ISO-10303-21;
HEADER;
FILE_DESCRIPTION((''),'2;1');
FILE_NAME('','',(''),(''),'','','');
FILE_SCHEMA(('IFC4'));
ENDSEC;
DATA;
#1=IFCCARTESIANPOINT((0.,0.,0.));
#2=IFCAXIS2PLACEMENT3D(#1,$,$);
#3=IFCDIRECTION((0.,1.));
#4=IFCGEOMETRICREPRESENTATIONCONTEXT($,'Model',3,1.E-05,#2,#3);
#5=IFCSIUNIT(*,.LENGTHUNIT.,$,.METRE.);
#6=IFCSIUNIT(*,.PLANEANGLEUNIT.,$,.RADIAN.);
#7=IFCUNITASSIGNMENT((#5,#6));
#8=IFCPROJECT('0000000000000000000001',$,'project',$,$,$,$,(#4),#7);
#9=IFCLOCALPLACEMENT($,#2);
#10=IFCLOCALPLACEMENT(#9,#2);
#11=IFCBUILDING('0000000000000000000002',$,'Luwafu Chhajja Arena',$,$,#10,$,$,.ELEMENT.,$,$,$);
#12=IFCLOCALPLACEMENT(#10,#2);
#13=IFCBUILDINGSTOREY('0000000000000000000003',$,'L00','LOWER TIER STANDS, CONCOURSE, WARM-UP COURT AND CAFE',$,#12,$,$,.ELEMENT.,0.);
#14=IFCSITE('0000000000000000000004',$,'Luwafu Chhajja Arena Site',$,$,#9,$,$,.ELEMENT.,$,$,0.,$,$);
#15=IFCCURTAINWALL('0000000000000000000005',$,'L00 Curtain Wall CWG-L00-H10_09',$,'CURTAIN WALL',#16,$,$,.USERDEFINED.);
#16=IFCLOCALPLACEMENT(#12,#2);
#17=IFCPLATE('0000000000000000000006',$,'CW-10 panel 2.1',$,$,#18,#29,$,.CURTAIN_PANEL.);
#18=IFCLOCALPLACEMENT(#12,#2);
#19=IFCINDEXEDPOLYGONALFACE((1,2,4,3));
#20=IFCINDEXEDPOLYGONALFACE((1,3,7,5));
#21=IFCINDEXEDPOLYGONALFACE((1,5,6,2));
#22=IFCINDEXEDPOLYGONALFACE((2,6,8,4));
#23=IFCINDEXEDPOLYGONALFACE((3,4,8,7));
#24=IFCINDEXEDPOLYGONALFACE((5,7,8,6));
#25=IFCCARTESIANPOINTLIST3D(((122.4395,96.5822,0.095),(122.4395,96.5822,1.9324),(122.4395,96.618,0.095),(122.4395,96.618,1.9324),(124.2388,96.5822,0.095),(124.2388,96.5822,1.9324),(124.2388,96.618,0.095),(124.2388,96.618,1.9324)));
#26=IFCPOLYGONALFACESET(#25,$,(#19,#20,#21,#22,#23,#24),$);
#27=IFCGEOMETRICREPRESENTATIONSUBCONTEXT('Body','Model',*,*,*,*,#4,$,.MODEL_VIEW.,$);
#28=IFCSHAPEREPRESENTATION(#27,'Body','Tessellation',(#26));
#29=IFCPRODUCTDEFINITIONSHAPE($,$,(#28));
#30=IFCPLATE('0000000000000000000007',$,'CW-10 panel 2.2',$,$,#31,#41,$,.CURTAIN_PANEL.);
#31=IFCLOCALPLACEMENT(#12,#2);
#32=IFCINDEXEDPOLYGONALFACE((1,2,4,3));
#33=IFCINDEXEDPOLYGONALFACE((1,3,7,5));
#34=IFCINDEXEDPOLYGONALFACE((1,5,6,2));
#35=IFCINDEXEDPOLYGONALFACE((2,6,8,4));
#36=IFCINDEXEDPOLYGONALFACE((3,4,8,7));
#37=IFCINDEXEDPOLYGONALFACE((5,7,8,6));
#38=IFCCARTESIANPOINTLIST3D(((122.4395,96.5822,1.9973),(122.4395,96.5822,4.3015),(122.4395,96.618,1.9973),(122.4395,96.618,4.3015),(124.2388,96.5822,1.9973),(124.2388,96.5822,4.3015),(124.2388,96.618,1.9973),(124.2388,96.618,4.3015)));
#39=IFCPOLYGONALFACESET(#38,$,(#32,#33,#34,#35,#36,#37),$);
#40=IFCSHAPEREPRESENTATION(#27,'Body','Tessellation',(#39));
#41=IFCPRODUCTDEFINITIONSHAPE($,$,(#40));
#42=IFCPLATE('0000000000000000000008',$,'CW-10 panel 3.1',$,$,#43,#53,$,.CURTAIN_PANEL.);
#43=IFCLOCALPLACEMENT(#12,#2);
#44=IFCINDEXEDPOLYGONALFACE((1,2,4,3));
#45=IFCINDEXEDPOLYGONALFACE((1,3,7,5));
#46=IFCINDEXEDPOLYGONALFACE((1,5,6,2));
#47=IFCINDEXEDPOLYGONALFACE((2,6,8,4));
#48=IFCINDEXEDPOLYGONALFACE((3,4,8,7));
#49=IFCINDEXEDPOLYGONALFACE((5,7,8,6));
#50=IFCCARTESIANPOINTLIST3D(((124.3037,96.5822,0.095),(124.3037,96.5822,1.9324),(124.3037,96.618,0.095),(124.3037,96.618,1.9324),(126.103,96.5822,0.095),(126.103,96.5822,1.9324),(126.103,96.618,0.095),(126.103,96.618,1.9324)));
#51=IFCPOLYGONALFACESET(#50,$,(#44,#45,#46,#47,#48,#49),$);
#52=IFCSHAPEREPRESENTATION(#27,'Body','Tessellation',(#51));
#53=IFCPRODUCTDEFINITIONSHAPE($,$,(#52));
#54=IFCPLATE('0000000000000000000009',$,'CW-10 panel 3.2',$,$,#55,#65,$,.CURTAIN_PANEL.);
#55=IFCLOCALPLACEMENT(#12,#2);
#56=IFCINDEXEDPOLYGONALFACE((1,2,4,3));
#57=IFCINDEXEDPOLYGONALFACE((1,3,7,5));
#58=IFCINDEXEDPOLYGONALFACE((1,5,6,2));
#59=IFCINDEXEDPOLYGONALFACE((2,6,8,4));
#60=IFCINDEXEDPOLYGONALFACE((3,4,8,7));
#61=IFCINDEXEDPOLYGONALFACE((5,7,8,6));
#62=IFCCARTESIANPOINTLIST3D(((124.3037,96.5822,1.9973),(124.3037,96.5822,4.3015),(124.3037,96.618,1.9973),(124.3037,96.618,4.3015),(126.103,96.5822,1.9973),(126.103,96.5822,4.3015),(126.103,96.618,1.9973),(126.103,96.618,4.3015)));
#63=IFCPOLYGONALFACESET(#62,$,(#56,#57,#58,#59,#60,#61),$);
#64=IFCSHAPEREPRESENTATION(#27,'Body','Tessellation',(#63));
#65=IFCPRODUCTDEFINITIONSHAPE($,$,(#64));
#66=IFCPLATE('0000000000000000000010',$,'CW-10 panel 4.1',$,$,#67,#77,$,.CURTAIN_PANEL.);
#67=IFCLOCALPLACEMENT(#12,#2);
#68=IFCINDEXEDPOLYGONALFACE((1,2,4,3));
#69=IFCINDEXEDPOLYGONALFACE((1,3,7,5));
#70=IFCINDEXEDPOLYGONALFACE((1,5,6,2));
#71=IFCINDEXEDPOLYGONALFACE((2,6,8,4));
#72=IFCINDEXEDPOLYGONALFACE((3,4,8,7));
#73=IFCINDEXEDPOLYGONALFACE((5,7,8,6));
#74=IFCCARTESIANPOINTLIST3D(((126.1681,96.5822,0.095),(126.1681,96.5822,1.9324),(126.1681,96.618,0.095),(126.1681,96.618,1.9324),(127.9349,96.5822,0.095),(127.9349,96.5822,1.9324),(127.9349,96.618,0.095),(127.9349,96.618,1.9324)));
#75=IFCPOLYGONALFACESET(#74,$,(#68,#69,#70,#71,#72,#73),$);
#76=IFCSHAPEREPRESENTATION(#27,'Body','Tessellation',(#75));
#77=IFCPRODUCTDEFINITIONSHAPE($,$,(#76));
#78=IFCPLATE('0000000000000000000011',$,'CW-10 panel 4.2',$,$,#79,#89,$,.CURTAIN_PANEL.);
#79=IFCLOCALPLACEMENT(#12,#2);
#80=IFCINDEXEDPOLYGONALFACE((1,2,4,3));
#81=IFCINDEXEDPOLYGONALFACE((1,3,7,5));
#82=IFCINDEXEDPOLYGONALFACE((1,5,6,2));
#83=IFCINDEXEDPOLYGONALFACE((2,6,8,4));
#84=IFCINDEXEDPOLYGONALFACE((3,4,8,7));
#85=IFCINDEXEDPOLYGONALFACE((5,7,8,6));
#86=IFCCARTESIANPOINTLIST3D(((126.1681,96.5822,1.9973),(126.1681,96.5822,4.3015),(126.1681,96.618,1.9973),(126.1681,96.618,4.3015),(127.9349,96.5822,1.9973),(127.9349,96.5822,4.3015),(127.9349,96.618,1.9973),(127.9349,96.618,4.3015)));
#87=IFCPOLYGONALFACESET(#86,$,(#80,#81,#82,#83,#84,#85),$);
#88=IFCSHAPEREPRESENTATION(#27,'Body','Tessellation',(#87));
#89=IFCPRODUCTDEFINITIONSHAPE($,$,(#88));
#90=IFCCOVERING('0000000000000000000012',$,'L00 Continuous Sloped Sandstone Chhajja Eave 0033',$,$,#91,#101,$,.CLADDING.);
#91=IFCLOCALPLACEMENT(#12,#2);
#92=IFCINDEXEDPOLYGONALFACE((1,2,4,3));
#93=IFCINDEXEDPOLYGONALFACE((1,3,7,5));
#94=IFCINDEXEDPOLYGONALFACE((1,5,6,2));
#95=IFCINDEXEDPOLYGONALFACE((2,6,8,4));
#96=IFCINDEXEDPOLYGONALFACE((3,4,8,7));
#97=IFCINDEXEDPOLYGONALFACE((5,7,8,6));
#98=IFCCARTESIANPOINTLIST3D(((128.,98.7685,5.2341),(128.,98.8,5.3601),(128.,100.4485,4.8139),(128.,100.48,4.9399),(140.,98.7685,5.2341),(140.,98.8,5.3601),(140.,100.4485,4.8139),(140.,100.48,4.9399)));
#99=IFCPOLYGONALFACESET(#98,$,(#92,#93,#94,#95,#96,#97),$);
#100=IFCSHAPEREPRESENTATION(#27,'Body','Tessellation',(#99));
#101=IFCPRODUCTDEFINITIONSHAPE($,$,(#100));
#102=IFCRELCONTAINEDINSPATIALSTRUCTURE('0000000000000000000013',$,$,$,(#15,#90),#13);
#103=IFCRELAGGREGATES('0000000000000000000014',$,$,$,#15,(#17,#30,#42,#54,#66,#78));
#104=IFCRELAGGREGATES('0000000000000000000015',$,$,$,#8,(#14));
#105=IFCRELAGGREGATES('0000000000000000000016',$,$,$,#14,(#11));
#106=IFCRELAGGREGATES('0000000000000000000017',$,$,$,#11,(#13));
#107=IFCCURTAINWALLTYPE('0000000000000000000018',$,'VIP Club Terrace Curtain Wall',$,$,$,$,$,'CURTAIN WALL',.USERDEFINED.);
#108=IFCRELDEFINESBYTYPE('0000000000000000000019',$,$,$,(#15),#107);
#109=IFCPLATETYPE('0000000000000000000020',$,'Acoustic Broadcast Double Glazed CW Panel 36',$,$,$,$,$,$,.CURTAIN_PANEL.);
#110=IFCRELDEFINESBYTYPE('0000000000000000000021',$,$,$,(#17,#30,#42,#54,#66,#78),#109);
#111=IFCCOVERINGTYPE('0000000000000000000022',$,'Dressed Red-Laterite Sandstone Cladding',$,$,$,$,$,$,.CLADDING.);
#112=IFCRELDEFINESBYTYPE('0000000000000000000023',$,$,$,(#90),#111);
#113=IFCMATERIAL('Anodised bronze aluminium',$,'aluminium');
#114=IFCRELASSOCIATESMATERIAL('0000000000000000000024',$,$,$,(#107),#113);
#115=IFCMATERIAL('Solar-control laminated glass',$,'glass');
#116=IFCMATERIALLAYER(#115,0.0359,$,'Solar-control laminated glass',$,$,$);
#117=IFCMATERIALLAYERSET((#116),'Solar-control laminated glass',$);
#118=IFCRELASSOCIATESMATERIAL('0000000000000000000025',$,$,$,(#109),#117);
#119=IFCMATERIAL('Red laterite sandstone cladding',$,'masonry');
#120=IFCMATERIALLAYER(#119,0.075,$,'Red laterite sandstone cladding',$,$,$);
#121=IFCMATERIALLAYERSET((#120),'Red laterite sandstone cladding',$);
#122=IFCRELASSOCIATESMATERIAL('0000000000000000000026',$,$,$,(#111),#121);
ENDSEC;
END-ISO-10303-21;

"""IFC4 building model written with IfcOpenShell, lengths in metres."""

from ifc_helpers import new_model, si_unit, direction, frame, origin, origin_2d, place, context, subcontext, project, spatial, polyline, rectangle, outline, extrude, material, layer, layer_set, type_object, element, aggregate, save


model = new_model("IFC4")

# Units and contexts
model_context = context("Model", 3, precision=1e-05, world=origin(), true_north=direction((0.0, 1.0)))
body_context = subcontext(model_context, "Body", "Model", "MODEL_VIEW")
ifc_project = project(units=[si_unit("LENGTHUNIT", "METRE"), si_unit("PLANEANGLEUNIT", "RADIAN")], contexts=[model_context])

# Site, building, storey
site_placement = place(None, origin())
site = spatial("IfcSite", under=ifc_project, at=site_placement, Name="Luwafu Chhajja Arena Site", CompositionType="ELEMENT", RefElevation=0.0)
building_placement = place(site_placement, origin())
building = spatial("IfcBuilding", under=site, at=building_placement, Name="Luwafu Chhajja Arena", CompositionType="ELEMENT")
storey_placement = place(building_placement, origin())
storey = spatial("IfcBuildingStorey", under=building, at=storey_placement, Name="L00", Description="LOWER TIER STANDS, CONCOURSE, WARM-UP COURT AND CAFE", CompositionType="ELEMENT", Elevation=0.0)

# Curtain wall, plates
ifc_material_1 = material(Name="Anodised bronze aluminium", Category="aluminium")
curtain_wall_type = type_object("IfcCurtainWallType", Name="VIP Club Terrace Curtain Wall", ElementType="CURTAIN WALL", PredefinedType="USERDEFINED", material=ifc_material_1)
curtain_wall_placement = place(storey_placement, origin())
curtain_wall = element("IfcCurtainWall", 1, at=curtain_wall_placement, inside=storey, type_object=curtain_wall_type, Name="L00 Curtain Wall CWG-L00-H10_09", ObjectType="CURTAIN WALL", PredefinedType="USERDEFINED")
ifc_material_2 = material(Name="Solar-control laminated glass", Category="glass")
ifc_layer_1 = layer(ifc_material_2, 0.0359, Name="Solar-control laminated glass")
ifc_layer_set_1 = layer_set([ifc_layer_1], Name="Solar-control laminated glass")
plate_type = type_object("IfcPlateType", Name="Acoustic Broadcast Double Glazed CW Panel 36", PredefinedType="CURTAIN_PANEL", material=ifc_layer_set_1)
plate_1_placement = place(storey_placement, frame((123.3391, 96.6001, 0.095), z_axis=(0.0, 0.0, 1.0), x_axis=(1.0, 0.0, 0.0)))
plate_1 = element("IfcPlate", 2, at=plate_1_placement, type_object=plate_type, Name="CW-10 panel 2.1", PredefinedType="CURTAIN_PANEL", context=body_context, shape_type="SweptSolid", body=[
    extrude(rectangle(XDim=1.7993, YDim=0.0359, at=origin_2d()), origin(), (0.0, 0.0, 1.0), 1.8374),
])
plate_2_placement = place(storey_placement, frame((123.3391, 96.6001, 1.9973), z_axis=(0.0, 0.0, 1.0), x_axis=(1.0, 0.0, 0.0)))
plate_2 = element("IfcPlate", 3, at=plate_2_placement, type_object=plate_type, Name="CW-10 panel 2.2", PredefinedType="CURTAIN_PANEL", context=body_context, shape_type="SweptSolid", body=[
    extrude(rectangle(XDim=1.7993, YDim=0.0359, at=origin_2d()), origin(), (0.0, 0.0, 1.0), 2.3042),
])
plate_3_placement = place(storey_placement, frame((125.2034, 96.6001, 0.095), z_axis=(0.0, 0.0, 1.0), x_axis=(1.0, 0.0, 0.0)))
plate_3 = element("IfcPlate", 4, at=plate_3_placement, type_object=plate_type, Name="CW-10 panel 3.1", PredefinedType="CURTAIN_PANEL", context=body_context, shape_type="SweptSolid", body=[
    extrude(rectangle(XDim=1.7993, YDim=0.0359, at=origin_2d()), origin(), (0.0, 0.0, 1.0), 1.8374),
])
plate_4_placement = place(storey_placement, frame((125.2034, 96.6001, 1.9973), z_axis=(0.0, 0.0, 1.0), x_axis=(1.0, 0.0, 0.0)))
plate_4 = element("IfcPlate", 5, at=plate_4_placement, type_object=plate_type, Name="CW-10 panel 3.2", PredefinedType="CURTAIN_PANEL", context=body_context, shape_type="SweptSolid", body=[
    extrude(rectangle(XDim=1.7993, YDim=0.0359, at=origin_2d()), origin(), (0.0, 0.0, 1.0), 2.3042),
])
plate_5_placement = place(storey_placement, frame((127.0515, 96.6001, 0.095), z_axis=(0.0, 0.0, 1.0), x_axis=(1.0, 0.0, 0.0)))
plate_5 = element("IfcPlate", 6, at=plate_5_placement, type_object=plate_type, Name="CW-10 panel 4.1", PredefinedType="CURTAIN_PANEL", context=body_context, shape_type="SweptSolid", body=[
    extrude(rectangle(XDim=1.7668, YDim=0.0359, at=origin_2d()), origin(), (0.0, 0.0, 1.0), 1.8374),
])
plate_6_placement = place(storey_placement, frame((127.0515, 96.6001, 1.9973), z_axis=(0.0, 0.0, 1.0), x_axis=(1.0, 0.0, 0.0)))
plate_6 = element("IfcPlate", 7, at=plate_6_placement, type_object=plate_type, Name="CW-10 panel 4.2", PredefinedType="CURTAIN_PANEL", context=body_context, shape_type="SweptSolid", body=[
    extrude(rectangle(XDim=1.7668, YDim=0.0359, at=origin_2d()), origin(), (0.0, 0.0, 1.0), 2.3042),
])
aggregate(curtain_wall, [plate_1, plate_2, plate_3, plate_4, plate_5, plate_6])

# Covering
ifc_material_3 = material(Name="Red laterite sandstone cladding", Category="masonry")
ifc_layer_2 = layer(ifc_material_3, 0.075, Name="Red laterite sandstone cladding")
ifc_layer_set_2 = layer_set([ifc_layer_2], Name="Red laterite sandstone cladding")
covering_type = type_object("IfcCoveringType", Name="Dressed Red-Laterite Sandstone Cladding", PredefinedType="CLADDING", material=ifc_layer_set_2)
covering_placement = place(storey_placement, frame((128.0, 98.8, 5.3601), z_axis=(0.0, 0.242635, 0.970118), x_axis=(1.0, 0.0, 0.0)))
element("IfcCovering", 8, at=covering_placement, inside=storey, type_object=covering_type, Name="L00 Continuous Sloped Sandstone Chhajja Eave 0033", PredefinedType="CLADDING", context=body_context, shape_type="SweptSolid", body=[
    extrude(outline(polyline([(0.0, 0.0), (12.0, 0.0), (12.0, 1.7317), (0.0, 1.7317), (0.0, 0.0)])), origin(), (0.0, 0.0, -1.0), 0.1299),
])

save(model, "model.ifc")
